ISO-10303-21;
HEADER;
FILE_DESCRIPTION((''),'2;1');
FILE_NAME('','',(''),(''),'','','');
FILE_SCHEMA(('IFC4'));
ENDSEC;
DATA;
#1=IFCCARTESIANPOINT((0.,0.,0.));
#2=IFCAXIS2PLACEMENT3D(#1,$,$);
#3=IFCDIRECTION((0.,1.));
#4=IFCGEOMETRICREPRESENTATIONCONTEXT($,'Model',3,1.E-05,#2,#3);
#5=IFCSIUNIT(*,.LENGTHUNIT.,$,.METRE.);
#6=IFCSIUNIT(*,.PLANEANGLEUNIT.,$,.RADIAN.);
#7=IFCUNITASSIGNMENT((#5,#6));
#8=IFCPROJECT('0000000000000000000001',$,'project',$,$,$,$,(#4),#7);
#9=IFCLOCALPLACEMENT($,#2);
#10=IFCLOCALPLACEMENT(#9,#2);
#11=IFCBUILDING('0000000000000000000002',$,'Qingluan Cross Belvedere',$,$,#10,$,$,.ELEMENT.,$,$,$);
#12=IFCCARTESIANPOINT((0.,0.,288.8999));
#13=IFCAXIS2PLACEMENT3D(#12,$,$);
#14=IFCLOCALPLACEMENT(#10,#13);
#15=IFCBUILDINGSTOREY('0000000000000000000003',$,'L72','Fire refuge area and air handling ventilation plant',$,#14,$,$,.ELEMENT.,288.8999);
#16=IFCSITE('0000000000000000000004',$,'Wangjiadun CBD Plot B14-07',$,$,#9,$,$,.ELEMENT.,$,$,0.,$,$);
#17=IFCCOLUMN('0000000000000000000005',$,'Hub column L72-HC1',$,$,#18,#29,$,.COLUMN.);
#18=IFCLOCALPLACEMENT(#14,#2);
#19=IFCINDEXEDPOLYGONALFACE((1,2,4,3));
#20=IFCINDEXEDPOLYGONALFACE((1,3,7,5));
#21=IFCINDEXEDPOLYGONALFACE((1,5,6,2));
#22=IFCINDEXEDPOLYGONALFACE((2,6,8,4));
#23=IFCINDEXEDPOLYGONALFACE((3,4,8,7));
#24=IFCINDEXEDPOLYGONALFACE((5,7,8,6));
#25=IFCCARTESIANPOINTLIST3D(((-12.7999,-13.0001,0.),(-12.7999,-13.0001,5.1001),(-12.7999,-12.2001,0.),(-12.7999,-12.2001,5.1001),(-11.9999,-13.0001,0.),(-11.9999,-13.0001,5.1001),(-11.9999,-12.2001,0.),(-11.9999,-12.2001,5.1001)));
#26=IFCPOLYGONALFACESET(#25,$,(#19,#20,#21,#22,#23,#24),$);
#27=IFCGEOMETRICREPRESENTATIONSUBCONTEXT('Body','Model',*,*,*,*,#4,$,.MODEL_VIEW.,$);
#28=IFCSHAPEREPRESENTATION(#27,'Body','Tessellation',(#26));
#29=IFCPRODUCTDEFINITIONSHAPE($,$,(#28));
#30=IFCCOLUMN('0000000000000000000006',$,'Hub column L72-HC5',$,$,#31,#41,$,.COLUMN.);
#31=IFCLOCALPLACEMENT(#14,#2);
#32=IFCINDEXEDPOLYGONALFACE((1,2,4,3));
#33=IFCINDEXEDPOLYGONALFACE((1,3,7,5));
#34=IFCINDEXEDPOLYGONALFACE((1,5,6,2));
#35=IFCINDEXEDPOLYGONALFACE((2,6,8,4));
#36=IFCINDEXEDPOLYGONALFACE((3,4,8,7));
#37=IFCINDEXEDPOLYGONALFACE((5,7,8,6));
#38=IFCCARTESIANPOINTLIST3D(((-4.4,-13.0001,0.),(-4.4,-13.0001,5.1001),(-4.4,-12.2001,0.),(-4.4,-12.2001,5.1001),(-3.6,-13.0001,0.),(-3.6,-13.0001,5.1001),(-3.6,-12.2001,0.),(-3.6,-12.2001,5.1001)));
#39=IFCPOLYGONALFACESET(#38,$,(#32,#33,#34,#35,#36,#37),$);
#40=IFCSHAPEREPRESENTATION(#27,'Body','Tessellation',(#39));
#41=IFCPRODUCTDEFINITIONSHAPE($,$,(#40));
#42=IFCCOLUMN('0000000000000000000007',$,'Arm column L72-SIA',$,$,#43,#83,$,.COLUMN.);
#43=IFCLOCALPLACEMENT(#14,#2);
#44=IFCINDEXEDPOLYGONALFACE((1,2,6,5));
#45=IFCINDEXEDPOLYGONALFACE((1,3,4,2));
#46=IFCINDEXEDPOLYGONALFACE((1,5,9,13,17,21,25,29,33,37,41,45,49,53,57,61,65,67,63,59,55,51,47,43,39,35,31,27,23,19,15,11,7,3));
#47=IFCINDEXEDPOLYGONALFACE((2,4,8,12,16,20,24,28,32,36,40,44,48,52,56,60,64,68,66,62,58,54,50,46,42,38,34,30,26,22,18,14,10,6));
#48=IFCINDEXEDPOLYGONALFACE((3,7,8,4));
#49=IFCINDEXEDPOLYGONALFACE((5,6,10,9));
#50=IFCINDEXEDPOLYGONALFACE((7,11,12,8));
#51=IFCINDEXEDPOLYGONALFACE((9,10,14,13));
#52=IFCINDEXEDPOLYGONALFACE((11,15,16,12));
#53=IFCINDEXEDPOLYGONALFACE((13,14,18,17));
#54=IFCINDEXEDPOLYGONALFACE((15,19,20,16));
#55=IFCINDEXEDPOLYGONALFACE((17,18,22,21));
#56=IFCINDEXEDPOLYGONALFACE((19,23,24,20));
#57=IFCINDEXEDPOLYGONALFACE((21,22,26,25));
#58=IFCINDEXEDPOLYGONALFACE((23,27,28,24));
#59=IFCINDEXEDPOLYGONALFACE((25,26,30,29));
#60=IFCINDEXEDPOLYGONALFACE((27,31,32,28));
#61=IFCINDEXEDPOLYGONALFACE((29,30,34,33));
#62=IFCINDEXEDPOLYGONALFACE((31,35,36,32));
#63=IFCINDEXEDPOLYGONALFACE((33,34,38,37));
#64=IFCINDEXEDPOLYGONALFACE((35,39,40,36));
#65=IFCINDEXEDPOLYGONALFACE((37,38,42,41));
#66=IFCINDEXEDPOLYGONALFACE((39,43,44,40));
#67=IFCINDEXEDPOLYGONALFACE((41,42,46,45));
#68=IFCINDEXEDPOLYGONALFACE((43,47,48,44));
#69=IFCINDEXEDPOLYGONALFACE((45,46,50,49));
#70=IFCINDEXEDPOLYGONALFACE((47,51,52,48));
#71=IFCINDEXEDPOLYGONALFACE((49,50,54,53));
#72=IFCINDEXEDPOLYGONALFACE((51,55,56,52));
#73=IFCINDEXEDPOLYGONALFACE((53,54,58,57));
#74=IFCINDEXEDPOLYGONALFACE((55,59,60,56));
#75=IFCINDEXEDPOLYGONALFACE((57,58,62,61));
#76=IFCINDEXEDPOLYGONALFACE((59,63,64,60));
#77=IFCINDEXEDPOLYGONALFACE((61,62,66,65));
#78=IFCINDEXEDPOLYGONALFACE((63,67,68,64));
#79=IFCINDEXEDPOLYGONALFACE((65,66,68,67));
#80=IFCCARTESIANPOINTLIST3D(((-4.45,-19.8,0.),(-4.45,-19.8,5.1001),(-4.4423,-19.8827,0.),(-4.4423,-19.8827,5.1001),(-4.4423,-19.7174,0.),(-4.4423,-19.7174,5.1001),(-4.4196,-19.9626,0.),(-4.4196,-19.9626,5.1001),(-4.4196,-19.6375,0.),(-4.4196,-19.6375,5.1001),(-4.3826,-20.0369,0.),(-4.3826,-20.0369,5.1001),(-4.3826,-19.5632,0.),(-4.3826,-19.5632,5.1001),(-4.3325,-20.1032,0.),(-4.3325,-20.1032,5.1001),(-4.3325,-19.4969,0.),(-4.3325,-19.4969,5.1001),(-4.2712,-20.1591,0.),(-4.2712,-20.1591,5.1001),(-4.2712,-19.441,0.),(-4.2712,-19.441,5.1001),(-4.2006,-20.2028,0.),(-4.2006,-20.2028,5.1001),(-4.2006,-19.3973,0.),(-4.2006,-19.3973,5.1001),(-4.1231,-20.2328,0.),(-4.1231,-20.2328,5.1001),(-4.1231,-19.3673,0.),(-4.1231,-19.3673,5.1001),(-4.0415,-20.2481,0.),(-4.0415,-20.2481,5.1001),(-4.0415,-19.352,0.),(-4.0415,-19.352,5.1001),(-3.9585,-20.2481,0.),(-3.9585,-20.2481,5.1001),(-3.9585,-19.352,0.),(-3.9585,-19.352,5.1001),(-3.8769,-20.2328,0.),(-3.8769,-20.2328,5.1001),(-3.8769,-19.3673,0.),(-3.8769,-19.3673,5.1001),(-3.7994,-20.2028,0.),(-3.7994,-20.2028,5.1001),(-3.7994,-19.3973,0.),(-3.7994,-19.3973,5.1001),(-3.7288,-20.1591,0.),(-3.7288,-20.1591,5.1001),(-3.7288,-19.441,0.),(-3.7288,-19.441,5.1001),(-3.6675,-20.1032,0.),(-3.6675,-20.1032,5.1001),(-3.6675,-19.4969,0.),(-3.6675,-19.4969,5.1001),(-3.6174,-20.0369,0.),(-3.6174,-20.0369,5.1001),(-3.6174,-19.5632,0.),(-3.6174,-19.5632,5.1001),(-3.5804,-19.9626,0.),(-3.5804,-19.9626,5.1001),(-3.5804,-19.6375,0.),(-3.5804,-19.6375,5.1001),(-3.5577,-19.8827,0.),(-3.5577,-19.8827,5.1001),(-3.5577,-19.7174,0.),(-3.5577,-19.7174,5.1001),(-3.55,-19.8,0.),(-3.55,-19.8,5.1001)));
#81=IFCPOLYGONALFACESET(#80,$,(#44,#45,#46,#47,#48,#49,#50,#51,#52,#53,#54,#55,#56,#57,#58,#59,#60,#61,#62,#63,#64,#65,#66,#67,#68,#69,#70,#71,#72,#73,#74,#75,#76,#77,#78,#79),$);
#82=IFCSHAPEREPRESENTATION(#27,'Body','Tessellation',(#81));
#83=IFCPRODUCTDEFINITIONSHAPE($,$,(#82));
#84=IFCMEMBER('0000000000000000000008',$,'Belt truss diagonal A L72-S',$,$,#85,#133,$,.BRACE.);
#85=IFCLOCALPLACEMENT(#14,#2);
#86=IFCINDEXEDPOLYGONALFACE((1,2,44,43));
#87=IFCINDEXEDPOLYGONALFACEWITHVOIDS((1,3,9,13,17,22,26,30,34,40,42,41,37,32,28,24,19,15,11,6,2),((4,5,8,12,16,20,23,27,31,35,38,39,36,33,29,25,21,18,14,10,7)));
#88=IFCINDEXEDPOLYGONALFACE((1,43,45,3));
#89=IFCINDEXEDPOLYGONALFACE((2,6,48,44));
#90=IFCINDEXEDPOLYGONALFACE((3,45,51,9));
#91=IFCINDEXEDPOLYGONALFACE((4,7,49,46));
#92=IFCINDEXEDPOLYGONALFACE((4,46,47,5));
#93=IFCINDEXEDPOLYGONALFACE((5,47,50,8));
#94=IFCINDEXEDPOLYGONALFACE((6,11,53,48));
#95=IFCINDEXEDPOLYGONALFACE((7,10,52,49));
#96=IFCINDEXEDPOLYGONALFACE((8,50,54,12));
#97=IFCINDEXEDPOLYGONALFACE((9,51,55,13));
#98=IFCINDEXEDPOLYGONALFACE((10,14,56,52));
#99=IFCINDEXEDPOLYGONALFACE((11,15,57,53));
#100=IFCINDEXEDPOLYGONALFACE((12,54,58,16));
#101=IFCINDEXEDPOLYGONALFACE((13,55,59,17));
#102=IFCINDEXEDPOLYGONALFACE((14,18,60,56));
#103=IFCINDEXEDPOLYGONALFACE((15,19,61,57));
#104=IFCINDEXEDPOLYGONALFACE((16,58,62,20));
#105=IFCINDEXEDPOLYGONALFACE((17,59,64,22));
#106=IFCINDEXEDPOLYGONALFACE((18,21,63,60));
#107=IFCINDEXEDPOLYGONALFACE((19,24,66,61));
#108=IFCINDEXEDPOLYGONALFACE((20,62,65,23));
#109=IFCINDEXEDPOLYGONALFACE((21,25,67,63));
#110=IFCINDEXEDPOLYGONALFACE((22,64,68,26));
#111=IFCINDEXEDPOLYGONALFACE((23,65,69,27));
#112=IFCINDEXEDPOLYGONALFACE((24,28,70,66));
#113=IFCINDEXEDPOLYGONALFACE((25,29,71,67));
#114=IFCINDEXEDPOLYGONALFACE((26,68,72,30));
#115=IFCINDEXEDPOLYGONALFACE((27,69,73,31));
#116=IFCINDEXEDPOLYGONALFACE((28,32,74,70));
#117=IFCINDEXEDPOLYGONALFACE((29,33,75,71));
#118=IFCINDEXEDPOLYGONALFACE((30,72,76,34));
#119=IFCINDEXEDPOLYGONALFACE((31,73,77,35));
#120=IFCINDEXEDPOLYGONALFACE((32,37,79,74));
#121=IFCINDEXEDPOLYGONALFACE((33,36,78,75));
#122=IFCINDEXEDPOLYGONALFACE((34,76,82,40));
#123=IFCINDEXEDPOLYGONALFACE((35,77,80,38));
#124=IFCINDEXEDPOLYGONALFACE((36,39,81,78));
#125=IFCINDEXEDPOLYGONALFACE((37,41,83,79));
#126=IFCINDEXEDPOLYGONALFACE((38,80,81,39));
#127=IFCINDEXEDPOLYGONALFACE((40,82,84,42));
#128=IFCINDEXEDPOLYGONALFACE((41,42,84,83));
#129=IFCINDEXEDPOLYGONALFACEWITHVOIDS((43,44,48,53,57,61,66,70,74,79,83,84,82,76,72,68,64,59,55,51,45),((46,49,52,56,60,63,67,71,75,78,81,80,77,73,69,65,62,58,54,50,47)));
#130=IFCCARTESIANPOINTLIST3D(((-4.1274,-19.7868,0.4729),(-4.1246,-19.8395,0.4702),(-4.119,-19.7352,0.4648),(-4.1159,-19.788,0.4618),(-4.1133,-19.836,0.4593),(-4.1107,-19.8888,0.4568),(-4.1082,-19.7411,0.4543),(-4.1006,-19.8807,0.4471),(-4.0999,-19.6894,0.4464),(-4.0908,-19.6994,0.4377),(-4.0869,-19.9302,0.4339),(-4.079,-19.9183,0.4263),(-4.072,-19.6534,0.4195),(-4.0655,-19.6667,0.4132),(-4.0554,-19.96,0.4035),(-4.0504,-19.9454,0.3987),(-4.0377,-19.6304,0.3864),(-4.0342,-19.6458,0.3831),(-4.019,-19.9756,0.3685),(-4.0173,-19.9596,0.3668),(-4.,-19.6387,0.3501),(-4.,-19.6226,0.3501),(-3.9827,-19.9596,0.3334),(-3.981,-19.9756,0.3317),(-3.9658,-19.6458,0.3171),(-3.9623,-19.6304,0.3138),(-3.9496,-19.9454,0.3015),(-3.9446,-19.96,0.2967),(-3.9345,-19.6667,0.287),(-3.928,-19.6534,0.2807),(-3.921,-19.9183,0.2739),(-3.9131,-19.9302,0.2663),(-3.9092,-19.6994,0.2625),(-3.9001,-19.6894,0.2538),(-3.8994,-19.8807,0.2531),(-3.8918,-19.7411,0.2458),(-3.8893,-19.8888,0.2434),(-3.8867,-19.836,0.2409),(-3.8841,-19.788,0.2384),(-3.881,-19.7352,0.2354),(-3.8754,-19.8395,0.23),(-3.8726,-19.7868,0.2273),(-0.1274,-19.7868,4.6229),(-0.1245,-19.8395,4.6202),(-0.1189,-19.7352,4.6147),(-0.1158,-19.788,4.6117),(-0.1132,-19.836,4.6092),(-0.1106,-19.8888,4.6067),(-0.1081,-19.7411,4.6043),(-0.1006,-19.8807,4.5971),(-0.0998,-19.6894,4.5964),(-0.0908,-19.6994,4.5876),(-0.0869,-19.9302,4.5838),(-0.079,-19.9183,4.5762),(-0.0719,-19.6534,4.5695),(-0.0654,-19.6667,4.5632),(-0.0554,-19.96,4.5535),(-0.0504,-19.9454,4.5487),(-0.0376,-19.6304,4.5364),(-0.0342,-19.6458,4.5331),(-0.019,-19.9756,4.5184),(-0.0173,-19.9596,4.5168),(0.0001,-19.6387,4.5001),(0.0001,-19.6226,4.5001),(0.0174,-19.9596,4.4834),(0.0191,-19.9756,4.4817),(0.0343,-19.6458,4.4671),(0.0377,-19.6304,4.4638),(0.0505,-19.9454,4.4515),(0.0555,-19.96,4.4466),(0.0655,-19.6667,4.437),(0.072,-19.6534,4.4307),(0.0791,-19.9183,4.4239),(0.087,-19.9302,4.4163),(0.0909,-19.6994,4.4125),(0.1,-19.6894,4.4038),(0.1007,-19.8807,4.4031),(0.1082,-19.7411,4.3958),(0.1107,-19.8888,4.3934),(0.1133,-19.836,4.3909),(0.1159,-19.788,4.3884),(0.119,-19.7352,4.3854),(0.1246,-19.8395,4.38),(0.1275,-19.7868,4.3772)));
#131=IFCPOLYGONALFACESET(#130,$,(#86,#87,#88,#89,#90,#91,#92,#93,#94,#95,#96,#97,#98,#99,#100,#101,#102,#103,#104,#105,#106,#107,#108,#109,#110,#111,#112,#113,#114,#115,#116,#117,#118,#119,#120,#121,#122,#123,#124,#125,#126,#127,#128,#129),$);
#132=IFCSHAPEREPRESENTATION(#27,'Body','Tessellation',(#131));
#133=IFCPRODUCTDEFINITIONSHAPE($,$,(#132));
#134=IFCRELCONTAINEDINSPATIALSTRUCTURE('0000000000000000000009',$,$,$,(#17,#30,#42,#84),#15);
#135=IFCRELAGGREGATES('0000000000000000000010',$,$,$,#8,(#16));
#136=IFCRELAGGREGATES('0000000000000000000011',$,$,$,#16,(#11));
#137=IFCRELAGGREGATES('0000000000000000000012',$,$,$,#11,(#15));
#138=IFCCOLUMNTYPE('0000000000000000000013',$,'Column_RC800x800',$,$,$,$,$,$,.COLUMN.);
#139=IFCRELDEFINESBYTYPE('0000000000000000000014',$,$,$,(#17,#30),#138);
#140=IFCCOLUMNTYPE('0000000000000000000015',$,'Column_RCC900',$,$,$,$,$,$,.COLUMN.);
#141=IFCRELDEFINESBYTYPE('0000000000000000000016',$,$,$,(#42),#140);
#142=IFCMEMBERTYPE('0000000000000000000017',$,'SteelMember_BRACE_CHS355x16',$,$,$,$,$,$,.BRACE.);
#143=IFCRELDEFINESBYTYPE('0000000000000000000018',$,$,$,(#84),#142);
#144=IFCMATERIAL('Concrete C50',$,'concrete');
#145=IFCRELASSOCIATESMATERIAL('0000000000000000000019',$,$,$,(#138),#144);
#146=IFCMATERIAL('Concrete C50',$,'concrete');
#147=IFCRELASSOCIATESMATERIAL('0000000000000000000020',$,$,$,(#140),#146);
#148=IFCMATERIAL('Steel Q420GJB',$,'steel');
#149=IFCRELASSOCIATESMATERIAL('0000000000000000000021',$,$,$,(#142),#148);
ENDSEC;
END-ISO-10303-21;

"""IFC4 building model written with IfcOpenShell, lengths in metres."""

from ifc_helpers import new_model, si_unit, direction, frame, origin, origin_2d, place, context, subcontext, project, spatial, rectangle, circle, hollow_circle, extrude, material, material_profile, profile_set, type_object, element, save


model = new_model("IFC4")

# Units and contexts
model_context = context("Model", 3, precision=1e-05, world=origin(), true_north=direction((0.0, 1.0)))
body_context = subcontext(model_context, "Body", "Model", "MODEL_VIEW")
ifc_project = project(units=[si_unit("LENGTHUNIT", "METRE"), si_unit("PLANEANGLEUNIT", "RADIAN")], contexts=[model_context])

# Site, building, storey
site_placement = place(None, origin())
site = spatial("IfcSite", under=ifc_project, at=site_placement, Name="Wangjiadun CBD Plot B14-07", CompositionType="ELEMENT", RefElevation=0.0)
building_placement = place(site_placement, origin())
building = spatial("IfcBuilding", under=site, at=building_placement, Name="Qingluan Cross Belvedere", CompositionType="ELEMENT")
storey_placement = place(building_placement, frame((0.0, 0.0, 288.8999)))
storey = spatial("IfcBuildingStorey", under=building, at=storey_placement, Name="L72", Description="Fire refuge area and air handling ventilation plant", CompositionType="ELEMENT", Elevation=288.8999)

# Columns
ifc_material_1 = material(Name="Concrete C50", Category="concrete")
ifc_material_profile_1 = material_profile(ifc_material_1, rectangle(XDim=0.8, YDim=0.8, at=origin_2d()), Name="RC800x800")
ifc_profile_set_1 = profile_set([ifc_material_profile_1], Name="Concrete C50")
column_type_1 = type_object("IfcColumnType", Name="Column_RC800x800", PredefinedType="COLUMN", material=ifc_profile_set_1)
for number, where, z_axis, x_axis, name in (
    (1, (-12.3999, -12.6001, 0.0), (0.0, 0.0, 1.0), (1.0, 0.0, 0.0), "Hub column L72-HC1"),
    (2, (-4.0, -12.6001, 0.0), (0.0, 0.0, 1.0), (1.0, 0.0, 0.0), "Hub column L72-HC5"),
):
    element("IfcColumn", number, at=place(storey_placement, frame(where, z_axis=z_axis, x_axis=x_axis)), inside=storey, type_object=column_type_1, Name=name, PredefinedType="COLUMN", context=body_context, shape_type="SweptSolid", body=[
        extrude(rectangle(XDim=0.8, YDim=0.8, at=origin_2d()), origin(), (0.0, 0.0, 1.0), 5.1001),
    ])
ifc_material_2 = material(Name="Concrete C50", Category="concrete")
ifc_material_profile_2 = material_profile(ifc_material_2, circle(Radius=0.45, at=origin_2d()), Name="RCC900")
ifc_profile_set_2 = profile_set([ifc_material_profile_2], Name="Concrete C50")
column_type_2 = type_object("IfcColumnType", Name="Column_RCC900", PredefinedType="COLUMN", material=ifc_profile_set_2)
column_placement = place(storey_placement, frame((-4.0, -19.8, 0.0), z_axis=(0.0, 0.0, 1.0), x_axis=(1.0, 0.0, 0.0)))
element("IfcColumn", 3, at=column_placement, inside=storey, type_object=column_type_2, Name="Arm column L72-SIA", PredefinedType="COLUMN", context=body_context, shape_type="SweptSolid", body=[
    extrude(circle(Radius=0.45, at=origin_2d()), origin(), (0.0, 0.0, 1.0), 5.1001),
])

# Member
ifc_material_3 = material(Name="Steel Q420GJB", Category="steel")
ifc_material_profile_3 = material_profile(ifc_material_3, hollow_circle(Radius=0.1775, WallThickness=0.0161, at=origin_2d()), Name="CHS355x16")
ifc_profile_set_3 = profile_set([ifc_material_profile_3], Name="Steel Q420GJB")
member_type_1 = type_object("IfcMemberType", Name="SteelMember_BRACE_CHS355x16", PredefinedType="BRACE", material=ifc_profile_set_3)
member_1_placement = place(storey_placement, frame((-4.0, -19.8, 0.3501), z_axis=(0.693983, 0.0, 0.719991), x_axis=(0.0, 1.0, 0.0)))
element("IfcMember", 4, at=member_1_placement, inside=storey, type_object=member_type_1, Name="Belt truss diagonal A L72-S", PredefinedType="BRACE", context=body_context, shape_type="SweptSolid", body=[
    extrude(hollow_circle(Radius=0.1775, WallThickness=0.0161, at=origin_2d()), origin(), (0.0, 0.0, 1.0), 5.7639),
])

save(model, "model.ifc")
